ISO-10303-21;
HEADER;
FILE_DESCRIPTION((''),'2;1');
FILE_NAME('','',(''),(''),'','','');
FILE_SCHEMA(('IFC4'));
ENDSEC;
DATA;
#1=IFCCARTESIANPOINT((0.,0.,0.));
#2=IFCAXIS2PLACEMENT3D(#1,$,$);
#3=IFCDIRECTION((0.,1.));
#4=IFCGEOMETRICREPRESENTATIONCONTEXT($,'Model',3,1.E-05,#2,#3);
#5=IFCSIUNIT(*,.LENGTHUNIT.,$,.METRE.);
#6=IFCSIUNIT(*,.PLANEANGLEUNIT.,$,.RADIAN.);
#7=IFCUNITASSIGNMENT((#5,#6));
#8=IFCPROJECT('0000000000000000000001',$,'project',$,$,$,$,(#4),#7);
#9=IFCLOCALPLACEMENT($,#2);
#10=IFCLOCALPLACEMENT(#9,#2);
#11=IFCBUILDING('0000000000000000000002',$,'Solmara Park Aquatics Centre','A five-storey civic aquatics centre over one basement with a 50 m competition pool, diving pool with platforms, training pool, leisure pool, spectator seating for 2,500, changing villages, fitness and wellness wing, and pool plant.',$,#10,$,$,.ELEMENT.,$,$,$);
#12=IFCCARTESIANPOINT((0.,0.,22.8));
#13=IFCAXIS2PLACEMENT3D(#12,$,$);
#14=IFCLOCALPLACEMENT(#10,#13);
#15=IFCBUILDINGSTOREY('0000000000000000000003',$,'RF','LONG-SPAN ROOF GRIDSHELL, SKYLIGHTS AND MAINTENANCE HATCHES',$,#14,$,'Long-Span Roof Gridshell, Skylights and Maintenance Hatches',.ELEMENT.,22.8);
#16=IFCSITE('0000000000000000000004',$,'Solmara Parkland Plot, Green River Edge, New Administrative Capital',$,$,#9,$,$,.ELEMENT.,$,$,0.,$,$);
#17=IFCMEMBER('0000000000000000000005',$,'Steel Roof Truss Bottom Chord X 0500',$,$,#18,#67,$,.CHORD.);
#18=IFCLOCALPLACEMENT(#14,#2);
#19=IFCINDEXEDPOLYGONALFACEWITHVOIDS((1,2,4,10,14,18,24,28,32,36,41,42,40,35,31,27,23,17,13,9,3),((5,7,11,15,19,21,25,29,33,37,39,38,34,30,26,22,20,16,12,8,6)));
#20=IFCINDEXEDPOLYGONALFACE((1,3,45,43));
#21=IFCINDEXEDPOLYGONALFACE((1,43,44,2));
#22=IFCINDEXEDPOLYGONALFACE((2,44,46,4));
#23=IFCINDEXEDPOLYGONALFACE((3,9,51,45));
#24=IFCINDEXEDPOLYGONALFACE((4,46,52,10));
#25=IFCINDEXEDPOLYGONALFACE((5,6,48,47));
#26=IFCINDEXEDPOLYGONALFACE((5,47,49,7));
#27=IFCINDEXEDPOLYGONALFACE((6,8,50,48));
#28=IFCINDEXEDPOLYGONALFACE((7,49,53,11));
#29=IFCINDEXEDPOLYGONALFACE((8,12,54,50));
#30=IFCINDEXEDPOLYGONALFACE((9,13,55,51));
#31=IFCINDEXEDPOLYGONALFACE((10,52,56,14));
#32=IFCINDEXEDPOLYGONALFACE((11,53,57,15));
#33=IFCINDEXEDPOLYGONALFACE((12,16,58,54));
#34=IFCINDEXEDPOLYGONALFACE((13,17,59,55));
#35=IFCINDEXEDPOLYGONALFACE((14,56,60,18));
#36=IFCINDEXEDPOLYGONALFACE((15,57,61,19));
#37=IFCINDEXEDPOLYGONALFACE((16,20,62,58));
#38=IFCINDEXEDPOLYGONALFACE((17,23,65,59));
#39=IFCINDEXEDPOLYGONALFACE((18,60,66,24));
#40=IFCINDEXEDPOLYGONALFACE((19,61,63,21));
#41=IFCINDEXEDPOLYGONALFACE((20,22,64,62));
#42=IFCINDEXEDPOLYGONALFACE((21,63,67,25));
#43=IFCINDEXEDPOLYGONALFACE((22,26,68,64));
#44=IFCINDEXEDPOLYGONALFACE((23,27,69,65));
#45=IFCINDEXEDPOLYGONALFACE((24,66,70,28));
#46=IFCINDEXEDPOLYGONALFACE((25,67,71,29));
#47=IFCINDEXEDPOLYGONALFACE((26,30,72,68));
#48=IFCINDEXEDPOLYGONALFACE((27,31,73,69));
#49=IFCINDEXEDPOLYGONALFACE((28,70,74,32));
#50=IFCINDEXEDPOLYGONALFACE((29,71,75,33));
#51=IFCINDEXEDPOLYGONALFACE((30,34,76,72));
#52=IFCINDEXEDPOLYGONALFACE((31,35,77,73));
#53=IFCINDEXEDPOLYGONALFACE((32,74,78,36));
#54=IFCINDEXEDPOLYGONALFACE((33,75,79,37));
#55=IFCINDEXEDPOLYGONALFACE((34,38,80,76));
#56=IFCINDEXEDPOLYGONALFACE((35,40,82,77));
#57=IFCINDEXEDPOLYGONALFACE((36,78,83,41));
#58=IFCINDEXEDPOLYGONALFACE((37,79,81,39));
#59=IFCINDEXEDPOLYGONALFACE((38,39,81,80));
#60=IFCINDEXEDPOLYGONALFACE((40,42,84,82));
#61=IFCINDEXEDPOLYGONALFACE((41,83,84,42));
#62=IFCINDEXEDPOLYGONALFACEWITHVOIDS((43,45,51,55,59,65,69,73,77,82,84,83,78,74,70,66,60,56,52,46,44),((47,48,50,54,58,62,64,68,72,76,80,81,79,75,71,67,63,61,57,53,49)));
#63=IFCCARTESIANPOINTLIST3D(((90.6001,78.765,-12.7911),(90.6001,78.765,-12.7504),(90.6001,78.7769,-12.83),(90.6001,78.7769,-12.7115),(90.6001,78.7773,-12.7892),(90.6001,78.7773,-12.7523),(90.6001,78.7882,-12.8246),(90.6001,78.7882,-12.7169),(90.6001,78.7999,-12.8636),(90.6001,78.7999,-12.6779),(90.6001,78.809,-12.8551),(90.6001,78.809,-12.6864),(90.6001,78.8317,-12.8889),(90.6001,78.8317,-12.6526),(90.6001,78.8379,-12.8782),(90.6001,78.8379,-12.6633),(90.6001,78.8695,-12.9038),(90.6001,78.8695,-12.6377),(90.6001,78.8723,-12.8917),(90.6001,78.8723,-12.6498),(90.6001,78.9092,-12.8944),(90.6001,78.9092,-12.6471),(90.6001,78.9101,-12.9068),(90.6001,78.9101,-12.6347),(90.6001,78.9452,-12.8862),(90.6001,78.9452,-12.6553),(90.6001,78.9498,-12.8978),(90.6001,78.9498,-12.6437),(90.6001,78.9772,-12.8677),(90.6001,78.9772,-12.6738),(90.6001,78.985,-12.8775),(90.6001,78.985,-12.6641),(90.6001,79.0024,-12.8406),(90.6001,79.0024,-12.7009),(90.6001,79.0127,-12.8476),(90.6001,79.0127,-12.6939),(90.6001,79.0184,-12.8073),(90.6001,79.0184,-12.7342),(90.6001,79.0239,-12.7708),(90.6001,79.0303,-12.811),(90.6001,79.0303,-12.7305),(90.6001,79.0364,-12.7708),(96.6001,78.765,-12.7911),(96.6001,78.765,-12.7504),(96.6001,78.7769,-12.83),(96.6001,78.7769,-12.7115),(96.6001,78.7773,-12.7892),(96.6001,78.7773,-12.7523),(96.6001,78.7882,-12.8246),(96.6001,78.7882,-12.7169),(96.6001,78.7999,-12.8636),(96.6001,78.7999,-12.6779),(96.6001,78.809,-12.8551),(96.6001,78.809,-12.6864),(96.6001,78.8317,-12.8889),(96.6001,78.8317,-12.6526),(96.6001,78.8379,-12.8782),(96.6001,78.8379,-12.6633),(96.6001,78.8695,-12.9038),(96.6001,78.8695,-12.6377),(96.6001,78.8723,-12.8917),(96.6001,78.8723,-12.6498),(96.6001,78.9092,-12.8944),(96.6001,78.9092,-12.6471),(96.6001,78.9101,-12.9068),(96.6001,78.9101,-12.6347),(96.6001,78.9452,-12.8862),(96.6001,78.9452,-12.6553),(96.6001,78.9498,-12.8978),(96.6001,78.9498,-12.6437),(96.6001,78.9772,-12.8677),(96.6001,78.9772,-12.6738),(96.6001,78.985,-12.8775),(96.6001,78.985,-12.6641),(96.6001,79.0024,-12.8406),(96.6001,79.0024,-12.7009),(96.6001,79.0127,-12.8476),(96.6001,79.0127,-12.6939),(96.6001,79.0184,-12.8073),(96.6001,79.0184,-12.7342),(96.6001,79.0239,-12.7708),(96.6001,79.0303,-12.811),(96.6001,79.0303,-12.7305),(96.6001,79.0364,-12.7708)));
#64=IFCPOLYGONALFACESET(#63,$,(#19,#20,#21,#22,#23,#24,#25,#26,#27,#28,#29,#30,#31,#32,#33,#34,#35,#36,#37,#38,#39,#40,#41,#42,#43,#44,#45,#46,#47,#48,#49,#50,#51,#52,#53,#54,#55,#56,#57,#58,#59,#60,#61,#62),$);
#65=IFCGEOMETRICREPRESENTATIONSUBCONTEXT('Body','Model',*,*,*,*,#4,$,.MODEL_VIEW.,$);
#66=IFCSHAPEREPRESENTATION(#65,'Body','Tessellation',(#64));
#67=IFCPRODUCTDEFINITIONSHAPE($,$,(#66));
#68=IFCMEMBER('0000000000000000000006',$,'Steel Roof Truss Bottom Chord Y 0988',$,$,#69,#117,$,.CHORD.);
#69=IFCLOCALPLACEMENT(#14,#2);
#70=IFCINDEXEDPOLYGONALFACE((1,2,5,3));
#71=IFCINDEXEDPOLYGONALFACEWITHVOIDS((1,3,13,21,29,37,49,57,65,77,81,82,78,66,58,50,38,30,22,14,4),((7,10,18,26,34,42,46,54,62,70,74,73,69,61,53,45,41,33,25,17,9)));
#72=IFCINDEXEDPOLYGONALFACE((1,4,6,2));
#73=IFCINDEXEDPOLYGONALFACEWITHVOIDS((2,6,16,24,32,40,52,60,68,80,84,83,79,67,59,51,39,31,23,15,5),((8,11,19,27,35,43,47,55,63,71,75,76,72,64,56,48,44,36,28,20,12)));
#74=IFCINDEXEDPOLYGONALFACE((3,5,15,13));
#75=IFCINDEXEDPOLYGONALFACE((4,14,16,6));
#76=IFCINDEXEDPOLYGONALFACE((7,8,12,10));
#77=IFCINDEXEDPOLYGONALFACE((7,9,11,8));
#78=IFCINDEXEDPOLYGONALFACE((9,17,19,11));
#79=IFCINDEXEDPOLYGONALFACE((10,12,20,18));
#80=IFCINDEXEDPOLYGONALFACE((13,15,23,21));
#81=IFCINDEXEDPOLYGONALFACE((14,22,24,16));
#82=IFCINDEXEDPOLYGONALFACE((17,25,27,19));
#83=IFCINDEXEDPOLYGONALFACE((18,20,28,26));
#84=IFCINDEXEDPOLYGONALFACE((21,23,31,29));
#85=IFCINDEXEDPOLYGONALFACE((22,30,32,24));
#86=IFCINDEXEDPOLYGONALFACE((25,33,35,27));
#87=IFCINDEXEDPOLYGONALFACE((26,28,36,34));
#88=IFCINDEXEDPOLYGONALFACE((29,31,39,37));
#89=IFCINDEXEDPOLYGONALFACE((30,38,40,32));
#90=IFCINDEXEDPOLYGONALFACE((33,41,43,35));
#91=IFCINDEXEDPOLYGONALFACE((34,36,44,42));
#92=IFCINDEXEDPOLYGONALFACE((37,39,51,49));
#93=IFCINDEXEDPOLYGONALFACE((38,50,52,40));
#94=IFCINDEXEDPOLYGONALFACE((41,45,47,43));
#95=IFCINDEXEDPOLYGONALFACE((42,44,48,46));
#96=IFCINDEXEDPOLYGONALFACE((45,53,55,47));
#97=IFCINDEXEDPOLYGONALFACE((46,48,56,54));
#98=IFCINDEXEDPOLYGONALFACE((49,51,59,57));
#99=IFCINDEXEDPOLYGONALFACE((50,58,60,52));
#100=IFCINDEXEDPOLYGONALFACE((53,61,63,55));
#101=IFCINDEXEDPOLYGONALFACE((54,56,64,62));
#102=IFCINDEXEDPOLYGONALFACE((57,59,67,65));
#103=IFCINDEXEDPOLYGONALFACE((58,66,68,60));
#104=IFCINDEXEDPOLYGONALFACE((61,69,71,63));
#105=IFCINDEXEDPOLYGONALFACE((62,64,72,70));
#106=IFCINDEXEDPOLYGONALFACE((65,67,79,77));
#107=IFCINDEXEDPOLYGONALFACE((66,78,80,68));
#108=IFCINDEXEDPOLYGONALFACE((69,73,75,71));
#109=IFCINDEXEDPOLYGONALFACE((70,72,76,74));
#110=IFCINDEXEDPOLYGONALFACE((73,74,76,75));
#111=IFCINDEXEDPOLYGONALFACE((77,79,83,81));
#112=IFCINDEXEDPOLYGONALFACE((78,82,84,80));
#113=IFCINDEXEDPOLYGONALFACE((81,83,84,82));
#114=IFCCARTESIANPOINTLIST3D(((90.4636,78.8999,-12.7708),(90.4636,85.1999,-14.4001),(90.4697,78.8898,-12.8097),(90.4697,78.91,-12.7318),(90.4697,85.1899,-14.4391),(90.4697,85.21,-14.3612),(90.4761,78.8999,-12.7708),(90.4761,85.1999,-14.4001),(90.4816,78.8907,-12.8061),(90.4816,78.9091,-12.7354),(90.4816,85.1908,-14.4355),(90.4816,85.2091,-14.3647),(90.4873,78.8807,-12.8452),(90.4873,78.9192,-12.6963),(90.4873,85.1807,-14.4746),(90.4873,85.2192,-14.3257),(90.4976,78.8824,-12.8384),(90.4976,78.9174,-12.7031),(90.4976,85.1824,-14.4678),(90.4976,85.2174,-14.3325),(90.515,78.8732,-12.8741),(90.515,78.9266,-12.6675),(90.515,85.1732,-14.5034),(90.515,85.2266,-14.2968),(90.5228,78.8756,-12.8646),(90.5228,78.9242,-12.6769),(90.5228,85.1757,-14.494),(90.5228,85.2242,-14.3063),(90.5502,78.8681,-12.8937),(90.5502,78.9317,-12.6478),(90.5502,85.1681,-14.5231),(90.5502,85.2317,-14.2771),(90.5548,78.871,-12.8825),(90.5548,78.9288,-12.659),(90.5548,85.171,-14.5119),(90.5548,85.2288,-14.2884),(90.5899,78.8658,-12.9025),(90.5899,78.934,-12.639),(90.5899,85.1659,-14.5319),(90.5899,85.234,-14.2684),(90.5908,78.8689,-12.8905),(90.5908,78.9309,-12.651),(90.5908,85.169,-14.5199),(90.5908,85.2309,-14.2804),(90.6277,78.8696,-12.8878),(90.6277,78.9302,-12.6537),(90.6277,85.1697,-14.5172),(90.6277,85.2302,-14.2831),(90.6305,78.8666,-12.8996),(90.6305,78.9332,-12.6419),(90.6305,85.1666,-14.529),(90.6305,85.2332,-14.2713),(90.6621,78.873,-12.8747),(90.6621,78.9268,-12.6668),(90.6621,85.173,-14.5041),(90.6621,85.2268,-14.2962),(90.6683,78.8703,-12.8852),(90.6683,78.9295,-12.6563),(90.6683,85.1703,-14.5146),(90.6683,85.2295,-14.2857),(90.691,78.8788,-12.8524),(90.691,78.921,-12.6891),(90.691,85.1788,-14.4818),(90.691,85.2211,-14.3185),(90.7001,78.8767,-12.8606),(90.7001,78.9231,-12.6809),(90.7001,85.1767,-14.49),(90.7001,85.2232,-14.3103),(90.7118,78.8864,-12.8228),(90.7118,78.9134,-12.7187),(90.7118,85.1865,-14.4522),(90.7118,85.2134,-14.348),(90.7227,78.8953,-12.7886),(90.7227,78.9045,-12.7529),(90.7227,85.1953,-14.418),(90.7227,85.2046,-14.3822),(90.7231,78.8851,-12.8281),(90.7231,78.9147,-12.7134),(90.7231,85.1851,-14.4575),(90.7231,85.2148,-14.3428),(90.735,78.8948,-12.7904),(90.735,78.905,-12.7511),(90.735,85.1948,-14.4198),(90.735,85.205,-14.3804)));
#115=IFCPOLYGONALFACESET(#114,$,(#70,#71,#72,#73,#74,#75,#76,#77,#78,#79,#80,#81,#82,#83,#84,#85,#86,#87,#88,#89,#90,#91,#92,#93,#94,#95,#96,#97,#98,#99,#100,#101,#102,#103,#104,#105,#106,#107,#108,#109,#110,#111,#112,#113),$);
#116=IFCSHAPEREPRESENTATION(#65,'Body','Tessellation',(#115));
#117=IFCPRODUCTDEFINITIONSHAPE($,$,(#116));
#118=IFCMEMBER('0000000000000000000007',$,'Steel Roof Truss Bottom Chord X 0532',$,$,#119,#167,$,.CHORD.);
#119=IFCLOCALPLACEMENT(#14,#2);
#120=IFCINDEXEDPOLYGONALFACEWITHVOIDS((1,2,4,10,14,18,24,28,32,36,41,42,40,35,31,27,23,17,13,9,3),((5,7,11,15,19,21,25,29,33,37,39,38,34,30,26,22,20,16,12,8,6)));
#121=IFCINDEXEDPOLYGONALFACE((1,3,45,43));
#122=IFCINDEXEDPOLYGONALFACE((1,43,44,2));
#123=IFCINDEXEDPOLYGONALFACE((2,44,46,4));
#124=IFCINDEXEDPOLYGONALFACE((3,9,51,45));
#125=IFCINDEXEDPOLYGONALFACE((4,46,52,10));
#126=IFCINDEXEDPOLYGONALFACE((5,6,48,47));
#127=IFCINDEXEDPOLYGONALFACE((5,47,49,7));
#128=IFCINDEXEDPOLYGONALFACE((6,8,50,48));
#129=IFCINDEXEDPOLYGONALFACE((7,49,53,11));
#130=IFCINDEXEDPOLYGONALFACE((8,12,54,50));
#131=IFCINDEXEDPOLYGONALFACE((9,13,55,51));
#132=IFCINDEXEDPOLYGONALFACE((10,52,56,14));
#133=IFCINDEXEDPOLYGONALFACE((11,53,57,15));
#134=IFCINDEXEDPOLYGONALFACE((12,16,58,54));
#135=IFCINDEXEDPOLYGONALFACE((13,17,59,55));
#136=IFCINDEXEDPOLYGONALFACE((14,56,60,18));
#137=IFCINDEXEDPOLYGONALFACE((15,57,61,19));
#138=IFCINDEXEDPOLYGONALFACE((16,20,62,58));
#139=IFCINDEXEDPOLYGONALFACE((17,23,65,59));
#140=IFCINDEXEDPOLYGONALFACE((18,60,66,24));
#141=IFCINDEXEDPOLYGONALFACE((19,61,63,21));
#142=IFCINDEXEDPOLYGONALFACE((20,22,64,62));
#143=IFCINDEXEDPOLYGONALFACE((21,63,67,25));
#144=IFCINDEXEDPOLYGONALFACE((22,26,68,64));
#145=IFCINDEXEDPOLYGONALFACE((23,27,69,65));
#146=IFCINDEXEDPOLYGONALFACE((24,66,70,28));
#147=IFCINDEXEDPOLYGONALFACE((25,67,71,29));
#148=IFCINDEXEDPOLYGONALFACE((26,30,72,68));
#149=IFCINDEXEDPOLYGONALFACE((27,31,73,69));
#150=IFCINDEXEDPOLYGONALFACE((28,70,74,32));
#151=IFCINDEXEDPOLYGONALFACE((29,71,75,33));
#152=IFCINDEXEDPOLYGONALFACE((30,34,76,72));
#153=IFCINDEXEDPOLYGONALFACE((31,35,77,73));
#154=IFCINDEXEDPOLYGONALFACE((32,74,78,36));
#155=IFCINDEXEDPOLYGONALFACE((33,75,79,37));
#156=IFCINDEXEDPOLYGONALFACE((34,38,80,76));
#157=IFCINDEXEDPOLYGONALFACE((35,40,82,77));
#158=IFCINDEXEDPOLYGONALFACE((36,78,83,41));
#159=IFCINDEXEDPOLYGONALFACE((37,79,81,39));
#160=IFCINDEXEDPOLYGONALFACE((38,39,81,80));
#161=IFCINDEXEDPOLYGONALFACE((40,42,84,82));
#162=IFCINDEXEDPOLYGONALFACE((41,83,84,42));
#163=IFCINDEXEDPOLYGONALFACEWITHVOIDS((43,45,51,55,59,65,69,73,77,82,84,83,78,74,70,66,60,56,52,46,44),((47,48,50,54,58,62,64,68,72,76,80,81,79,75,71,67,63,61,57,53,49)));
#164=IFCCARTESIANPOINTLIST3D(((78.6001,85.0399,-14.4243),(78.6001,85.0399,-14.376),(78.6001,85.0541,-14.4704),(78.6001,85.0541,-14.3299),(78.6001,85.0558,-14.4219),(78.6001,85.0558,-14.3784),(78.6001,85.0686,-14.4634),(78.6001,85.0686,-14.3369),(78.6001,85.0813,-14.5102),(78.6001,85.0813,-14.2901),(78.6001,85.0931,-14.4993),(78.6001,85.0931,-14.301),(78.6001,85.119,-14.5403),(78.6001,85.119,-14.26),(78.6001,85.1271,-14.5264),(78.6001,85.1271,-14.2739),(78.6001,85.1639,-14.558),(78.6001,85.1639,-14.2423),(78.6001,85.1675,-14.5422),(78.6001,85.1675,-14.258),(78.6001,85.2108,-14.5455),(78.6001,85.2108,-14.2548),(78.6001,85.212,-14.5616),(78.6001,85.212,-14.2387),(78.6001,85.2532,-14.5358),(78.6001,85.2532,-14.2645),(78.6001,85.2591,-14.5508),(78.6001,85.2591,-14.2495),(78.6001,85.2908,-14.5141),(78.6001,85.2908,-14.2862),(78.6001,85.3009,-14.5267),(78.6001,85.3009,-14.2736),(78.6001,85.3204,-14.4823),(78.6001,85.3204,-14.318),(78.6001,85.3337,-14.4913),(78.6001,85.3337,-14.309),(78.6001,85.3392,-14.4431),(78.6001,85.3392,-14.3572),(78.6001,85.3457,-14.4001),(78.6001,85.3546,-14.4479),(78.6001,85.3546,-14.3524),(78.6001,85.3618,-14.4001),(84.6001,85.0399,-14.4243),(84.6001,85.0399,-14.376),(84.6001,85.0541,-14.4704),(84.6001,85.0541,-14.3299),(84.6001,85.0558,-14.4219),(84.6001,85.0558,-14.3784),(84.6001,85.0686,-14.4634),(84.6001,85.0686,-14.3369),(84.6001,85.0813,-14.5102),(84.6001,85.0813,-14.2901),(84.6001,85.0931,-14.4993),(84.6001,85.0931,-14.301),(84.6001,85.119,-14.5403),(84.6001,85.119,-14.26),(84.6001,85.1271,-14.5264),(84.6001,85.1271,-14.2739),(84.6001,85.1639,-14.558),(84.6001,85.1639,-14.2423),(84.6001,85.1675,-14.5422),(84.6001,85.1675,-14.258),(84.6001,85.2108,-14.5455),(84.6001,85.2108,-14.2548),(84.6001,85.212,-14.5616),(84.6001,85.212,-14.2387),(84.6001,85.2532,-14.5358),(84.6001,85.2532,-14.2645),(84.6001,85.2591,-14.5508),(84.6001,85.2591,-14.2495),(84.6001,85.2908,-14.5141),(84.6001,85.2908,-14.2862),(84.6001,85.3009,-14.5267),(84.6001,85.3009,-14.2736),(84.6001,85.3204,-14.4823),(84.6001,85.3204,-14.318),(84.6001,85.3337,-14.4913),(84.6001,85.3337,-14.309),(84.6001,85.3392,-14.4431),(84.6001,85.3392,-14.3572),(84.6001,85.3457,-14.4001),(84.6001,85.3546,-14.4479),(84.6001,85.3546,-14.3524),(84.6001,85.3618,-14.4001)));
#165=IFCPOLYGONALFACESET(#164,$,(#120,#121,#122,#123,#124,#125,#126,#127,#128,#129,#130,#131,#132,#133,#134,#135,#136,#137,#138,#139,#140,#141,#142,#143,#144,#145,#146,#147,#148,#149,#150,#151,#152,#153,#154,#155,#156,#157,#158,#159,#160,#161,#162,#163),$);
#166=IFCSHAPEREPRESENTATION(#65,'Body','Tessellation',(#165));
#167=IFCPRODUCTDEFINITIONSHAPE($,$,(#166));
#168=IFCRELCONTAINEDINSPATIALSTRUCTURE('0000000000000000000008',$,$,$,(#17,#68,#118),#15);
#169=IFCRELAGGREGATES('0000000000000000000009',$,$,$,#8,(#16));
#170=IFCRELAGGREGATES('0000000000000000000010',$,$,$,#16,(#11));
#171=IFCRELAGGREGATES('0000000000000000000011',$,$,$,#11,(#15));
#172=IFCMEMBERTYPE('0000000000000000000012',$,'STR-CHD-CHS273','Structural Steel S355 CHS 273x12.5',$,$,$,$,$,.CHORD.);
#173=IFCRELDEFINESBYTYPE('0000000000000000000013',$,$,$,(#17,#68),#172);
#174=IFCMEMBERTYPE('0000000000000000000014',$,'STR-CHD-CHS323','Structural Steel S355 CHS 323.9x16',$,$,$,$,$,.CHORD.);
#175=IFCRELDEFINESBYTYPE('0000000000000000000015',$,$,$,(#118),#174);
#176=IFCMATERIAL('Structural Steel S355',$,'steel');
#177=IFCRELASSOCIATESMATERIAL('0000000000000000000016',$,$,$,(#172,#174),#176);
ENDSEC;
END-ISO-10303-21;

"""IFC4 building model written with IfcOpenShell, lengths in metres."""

from ifc_helpers import new_model, si_unit, direction, frame, origin, origin_2d, place, context, subcontext, project, spatial, hollow_circle, extrude, material, material_profile, profile_set, type_object, element, save


model = new_model("IFC4")

# Units and contexts
model_context = context("Model", 3, precision=1e-05, world=origin(), true_north=direction((0.0, 1.0)))
body_context = subcontext(model_context, "Body", "Model", "MODEL_VIEW")
ifc_project = project(units=[si_unit("LENGTHUNIT", "METRE"), si_unit("PLANEANGLEUNIT", "RADIAN")], contexts=[model_context])

# Site, building, storey
site_placement = place(None, origin())
site = spatial("IfcSite", under=ifc_project, at=site_placement, Name="Solmara Parkland Plot, Green River Edge, New Administrative Capital", CompositionType="ELEMENT", RefElevation=0.0)
building_placement = place(site_placement, origin())
building = spatial("IfcBuilding", under=site, at=building_placement, Name="Solmara Park Aquatics Centre", Description="A five-storey civic aquatics centre over one basement with a 50 m competition pool, diving pool with platforms, training pool, leisure pool, spectator seating for 2,500, changing villages, fitness and wellness wing, and pool plant.", CompositionType="ELEMENT")
storey_placement = place(building_placement, frame((0.0, 0.0, 22.8)))
storey = spatial("IfcBuildingStorey", under=building, at=storey_placement, Name="RF", Description="LONG-SPAN ROOF GRIDSHELL, SKYLIGHTS AND MAINTENANCE HATCHES", LongName="Long-Span Roof Gridshell, Skylights and Maintenance Hatches", CompositionType="ELEMENT", Elevation=22.8)

# Members
ifc_material_1 = material(Name="Structural Steel S355", Category="steel")
ifc_material_profile_1 = material_profile(ifc_material_1, hollow_circle(Radius=0.1365, WallThickness=0.0125, at=origin_2d()), Name="CHS 273x12.5")
ifc_profile_set_1 = profile_set([ifc_material_profile_1], Name="Structural Steel S355")
member_type_1 = type_object("IfcMemberType", Name="STR-CHD-CHS273", Description="Structural Steel S355 CHS 273x12.5", PredefinedType="CHORD", material=ifc_profile_set_1)
member_1_placement = place(storey_placement, frame((90.6001, 78.8999, -12.7708), z_axis=(1.0, 0.0, 0.0), x_axis=(0.0, 1.0, 0.0)))
element("IfcMember", 1, at=member_1_placement, inside=storey, type_object=member_type_1, Name="Steel Roof Truss Bottom Chord X 0500", PredefinedType="CHORD", context=body_context, shape_type="SweptSolid", body=[
    extrude(hollow_circle(Radius=0.1365, WallThickness=0.0125, at=origin_2d()), origin(), (0.0, 0.0, 1.0), 6.0),
])
member_2_placement = place(storey_placement, frame((90.6001, 78.8999, -12.7708), z_axis=(0.0, 0.968144, -0.250393), x_axis=(-1.0, 0.0, 0.0)))
element("IfcMember", 2, at=member_2_placement, inside=storey, type_object=member_type_1, Name="Steel Roof Truss Bottom Chord Y 0988", PredefinedType="CHORD", context=body_context, shape_type="SweptSolid", body=[
    extrude(hollow_circle(Radius=0.1365, WallThickness=0.0125, at=origin_2d()), origin(), (0.0, 0.0, 1.0), 6.5073),
])
ifc_material_profile_2 = material_profile(ifc_material_1, hollow_circle(Radius=0.1619, WallThickness=0.0161, at=origin_2d()), Name="CHS 323.9x16")
ifc_profile_set_2 = profile_set([ifc_material_profile_2], Name="Structural Steel S355")
member_type_2 = type_object("IfcMemberType", Name="STR-CHD-CHS323", Description="Structural Steel S355 CHS 323.9x16", PredefinedType="CHORD", material=ifc_profile_set_2)
for number, where, z_axis, x_axis, name in (
    (3, (78.6001, 85.2, -14.4001), (1.0, 0.0, 0.0), (0.0, 1.0, 0.0), "Steel Roof Truss Bottom Chord X 0532"),
):
    element("IfcMember", number, at=place(storey_placement, frame(where, z_axis=z_axis, x_axis=x_axis)), inside=storey, type_object=member_type_2, Name=name, PredefinedType="CHORD", context=body_context, shape_type="SweptSolid", body=[
        extrude(hollow_circle(Radius=0.1619, WallThickness=0.0161, at=origin_2d()), origin(), (0.0, 0.0, 1.0), 6.0),
    ])

save(model, "model.ifc")
